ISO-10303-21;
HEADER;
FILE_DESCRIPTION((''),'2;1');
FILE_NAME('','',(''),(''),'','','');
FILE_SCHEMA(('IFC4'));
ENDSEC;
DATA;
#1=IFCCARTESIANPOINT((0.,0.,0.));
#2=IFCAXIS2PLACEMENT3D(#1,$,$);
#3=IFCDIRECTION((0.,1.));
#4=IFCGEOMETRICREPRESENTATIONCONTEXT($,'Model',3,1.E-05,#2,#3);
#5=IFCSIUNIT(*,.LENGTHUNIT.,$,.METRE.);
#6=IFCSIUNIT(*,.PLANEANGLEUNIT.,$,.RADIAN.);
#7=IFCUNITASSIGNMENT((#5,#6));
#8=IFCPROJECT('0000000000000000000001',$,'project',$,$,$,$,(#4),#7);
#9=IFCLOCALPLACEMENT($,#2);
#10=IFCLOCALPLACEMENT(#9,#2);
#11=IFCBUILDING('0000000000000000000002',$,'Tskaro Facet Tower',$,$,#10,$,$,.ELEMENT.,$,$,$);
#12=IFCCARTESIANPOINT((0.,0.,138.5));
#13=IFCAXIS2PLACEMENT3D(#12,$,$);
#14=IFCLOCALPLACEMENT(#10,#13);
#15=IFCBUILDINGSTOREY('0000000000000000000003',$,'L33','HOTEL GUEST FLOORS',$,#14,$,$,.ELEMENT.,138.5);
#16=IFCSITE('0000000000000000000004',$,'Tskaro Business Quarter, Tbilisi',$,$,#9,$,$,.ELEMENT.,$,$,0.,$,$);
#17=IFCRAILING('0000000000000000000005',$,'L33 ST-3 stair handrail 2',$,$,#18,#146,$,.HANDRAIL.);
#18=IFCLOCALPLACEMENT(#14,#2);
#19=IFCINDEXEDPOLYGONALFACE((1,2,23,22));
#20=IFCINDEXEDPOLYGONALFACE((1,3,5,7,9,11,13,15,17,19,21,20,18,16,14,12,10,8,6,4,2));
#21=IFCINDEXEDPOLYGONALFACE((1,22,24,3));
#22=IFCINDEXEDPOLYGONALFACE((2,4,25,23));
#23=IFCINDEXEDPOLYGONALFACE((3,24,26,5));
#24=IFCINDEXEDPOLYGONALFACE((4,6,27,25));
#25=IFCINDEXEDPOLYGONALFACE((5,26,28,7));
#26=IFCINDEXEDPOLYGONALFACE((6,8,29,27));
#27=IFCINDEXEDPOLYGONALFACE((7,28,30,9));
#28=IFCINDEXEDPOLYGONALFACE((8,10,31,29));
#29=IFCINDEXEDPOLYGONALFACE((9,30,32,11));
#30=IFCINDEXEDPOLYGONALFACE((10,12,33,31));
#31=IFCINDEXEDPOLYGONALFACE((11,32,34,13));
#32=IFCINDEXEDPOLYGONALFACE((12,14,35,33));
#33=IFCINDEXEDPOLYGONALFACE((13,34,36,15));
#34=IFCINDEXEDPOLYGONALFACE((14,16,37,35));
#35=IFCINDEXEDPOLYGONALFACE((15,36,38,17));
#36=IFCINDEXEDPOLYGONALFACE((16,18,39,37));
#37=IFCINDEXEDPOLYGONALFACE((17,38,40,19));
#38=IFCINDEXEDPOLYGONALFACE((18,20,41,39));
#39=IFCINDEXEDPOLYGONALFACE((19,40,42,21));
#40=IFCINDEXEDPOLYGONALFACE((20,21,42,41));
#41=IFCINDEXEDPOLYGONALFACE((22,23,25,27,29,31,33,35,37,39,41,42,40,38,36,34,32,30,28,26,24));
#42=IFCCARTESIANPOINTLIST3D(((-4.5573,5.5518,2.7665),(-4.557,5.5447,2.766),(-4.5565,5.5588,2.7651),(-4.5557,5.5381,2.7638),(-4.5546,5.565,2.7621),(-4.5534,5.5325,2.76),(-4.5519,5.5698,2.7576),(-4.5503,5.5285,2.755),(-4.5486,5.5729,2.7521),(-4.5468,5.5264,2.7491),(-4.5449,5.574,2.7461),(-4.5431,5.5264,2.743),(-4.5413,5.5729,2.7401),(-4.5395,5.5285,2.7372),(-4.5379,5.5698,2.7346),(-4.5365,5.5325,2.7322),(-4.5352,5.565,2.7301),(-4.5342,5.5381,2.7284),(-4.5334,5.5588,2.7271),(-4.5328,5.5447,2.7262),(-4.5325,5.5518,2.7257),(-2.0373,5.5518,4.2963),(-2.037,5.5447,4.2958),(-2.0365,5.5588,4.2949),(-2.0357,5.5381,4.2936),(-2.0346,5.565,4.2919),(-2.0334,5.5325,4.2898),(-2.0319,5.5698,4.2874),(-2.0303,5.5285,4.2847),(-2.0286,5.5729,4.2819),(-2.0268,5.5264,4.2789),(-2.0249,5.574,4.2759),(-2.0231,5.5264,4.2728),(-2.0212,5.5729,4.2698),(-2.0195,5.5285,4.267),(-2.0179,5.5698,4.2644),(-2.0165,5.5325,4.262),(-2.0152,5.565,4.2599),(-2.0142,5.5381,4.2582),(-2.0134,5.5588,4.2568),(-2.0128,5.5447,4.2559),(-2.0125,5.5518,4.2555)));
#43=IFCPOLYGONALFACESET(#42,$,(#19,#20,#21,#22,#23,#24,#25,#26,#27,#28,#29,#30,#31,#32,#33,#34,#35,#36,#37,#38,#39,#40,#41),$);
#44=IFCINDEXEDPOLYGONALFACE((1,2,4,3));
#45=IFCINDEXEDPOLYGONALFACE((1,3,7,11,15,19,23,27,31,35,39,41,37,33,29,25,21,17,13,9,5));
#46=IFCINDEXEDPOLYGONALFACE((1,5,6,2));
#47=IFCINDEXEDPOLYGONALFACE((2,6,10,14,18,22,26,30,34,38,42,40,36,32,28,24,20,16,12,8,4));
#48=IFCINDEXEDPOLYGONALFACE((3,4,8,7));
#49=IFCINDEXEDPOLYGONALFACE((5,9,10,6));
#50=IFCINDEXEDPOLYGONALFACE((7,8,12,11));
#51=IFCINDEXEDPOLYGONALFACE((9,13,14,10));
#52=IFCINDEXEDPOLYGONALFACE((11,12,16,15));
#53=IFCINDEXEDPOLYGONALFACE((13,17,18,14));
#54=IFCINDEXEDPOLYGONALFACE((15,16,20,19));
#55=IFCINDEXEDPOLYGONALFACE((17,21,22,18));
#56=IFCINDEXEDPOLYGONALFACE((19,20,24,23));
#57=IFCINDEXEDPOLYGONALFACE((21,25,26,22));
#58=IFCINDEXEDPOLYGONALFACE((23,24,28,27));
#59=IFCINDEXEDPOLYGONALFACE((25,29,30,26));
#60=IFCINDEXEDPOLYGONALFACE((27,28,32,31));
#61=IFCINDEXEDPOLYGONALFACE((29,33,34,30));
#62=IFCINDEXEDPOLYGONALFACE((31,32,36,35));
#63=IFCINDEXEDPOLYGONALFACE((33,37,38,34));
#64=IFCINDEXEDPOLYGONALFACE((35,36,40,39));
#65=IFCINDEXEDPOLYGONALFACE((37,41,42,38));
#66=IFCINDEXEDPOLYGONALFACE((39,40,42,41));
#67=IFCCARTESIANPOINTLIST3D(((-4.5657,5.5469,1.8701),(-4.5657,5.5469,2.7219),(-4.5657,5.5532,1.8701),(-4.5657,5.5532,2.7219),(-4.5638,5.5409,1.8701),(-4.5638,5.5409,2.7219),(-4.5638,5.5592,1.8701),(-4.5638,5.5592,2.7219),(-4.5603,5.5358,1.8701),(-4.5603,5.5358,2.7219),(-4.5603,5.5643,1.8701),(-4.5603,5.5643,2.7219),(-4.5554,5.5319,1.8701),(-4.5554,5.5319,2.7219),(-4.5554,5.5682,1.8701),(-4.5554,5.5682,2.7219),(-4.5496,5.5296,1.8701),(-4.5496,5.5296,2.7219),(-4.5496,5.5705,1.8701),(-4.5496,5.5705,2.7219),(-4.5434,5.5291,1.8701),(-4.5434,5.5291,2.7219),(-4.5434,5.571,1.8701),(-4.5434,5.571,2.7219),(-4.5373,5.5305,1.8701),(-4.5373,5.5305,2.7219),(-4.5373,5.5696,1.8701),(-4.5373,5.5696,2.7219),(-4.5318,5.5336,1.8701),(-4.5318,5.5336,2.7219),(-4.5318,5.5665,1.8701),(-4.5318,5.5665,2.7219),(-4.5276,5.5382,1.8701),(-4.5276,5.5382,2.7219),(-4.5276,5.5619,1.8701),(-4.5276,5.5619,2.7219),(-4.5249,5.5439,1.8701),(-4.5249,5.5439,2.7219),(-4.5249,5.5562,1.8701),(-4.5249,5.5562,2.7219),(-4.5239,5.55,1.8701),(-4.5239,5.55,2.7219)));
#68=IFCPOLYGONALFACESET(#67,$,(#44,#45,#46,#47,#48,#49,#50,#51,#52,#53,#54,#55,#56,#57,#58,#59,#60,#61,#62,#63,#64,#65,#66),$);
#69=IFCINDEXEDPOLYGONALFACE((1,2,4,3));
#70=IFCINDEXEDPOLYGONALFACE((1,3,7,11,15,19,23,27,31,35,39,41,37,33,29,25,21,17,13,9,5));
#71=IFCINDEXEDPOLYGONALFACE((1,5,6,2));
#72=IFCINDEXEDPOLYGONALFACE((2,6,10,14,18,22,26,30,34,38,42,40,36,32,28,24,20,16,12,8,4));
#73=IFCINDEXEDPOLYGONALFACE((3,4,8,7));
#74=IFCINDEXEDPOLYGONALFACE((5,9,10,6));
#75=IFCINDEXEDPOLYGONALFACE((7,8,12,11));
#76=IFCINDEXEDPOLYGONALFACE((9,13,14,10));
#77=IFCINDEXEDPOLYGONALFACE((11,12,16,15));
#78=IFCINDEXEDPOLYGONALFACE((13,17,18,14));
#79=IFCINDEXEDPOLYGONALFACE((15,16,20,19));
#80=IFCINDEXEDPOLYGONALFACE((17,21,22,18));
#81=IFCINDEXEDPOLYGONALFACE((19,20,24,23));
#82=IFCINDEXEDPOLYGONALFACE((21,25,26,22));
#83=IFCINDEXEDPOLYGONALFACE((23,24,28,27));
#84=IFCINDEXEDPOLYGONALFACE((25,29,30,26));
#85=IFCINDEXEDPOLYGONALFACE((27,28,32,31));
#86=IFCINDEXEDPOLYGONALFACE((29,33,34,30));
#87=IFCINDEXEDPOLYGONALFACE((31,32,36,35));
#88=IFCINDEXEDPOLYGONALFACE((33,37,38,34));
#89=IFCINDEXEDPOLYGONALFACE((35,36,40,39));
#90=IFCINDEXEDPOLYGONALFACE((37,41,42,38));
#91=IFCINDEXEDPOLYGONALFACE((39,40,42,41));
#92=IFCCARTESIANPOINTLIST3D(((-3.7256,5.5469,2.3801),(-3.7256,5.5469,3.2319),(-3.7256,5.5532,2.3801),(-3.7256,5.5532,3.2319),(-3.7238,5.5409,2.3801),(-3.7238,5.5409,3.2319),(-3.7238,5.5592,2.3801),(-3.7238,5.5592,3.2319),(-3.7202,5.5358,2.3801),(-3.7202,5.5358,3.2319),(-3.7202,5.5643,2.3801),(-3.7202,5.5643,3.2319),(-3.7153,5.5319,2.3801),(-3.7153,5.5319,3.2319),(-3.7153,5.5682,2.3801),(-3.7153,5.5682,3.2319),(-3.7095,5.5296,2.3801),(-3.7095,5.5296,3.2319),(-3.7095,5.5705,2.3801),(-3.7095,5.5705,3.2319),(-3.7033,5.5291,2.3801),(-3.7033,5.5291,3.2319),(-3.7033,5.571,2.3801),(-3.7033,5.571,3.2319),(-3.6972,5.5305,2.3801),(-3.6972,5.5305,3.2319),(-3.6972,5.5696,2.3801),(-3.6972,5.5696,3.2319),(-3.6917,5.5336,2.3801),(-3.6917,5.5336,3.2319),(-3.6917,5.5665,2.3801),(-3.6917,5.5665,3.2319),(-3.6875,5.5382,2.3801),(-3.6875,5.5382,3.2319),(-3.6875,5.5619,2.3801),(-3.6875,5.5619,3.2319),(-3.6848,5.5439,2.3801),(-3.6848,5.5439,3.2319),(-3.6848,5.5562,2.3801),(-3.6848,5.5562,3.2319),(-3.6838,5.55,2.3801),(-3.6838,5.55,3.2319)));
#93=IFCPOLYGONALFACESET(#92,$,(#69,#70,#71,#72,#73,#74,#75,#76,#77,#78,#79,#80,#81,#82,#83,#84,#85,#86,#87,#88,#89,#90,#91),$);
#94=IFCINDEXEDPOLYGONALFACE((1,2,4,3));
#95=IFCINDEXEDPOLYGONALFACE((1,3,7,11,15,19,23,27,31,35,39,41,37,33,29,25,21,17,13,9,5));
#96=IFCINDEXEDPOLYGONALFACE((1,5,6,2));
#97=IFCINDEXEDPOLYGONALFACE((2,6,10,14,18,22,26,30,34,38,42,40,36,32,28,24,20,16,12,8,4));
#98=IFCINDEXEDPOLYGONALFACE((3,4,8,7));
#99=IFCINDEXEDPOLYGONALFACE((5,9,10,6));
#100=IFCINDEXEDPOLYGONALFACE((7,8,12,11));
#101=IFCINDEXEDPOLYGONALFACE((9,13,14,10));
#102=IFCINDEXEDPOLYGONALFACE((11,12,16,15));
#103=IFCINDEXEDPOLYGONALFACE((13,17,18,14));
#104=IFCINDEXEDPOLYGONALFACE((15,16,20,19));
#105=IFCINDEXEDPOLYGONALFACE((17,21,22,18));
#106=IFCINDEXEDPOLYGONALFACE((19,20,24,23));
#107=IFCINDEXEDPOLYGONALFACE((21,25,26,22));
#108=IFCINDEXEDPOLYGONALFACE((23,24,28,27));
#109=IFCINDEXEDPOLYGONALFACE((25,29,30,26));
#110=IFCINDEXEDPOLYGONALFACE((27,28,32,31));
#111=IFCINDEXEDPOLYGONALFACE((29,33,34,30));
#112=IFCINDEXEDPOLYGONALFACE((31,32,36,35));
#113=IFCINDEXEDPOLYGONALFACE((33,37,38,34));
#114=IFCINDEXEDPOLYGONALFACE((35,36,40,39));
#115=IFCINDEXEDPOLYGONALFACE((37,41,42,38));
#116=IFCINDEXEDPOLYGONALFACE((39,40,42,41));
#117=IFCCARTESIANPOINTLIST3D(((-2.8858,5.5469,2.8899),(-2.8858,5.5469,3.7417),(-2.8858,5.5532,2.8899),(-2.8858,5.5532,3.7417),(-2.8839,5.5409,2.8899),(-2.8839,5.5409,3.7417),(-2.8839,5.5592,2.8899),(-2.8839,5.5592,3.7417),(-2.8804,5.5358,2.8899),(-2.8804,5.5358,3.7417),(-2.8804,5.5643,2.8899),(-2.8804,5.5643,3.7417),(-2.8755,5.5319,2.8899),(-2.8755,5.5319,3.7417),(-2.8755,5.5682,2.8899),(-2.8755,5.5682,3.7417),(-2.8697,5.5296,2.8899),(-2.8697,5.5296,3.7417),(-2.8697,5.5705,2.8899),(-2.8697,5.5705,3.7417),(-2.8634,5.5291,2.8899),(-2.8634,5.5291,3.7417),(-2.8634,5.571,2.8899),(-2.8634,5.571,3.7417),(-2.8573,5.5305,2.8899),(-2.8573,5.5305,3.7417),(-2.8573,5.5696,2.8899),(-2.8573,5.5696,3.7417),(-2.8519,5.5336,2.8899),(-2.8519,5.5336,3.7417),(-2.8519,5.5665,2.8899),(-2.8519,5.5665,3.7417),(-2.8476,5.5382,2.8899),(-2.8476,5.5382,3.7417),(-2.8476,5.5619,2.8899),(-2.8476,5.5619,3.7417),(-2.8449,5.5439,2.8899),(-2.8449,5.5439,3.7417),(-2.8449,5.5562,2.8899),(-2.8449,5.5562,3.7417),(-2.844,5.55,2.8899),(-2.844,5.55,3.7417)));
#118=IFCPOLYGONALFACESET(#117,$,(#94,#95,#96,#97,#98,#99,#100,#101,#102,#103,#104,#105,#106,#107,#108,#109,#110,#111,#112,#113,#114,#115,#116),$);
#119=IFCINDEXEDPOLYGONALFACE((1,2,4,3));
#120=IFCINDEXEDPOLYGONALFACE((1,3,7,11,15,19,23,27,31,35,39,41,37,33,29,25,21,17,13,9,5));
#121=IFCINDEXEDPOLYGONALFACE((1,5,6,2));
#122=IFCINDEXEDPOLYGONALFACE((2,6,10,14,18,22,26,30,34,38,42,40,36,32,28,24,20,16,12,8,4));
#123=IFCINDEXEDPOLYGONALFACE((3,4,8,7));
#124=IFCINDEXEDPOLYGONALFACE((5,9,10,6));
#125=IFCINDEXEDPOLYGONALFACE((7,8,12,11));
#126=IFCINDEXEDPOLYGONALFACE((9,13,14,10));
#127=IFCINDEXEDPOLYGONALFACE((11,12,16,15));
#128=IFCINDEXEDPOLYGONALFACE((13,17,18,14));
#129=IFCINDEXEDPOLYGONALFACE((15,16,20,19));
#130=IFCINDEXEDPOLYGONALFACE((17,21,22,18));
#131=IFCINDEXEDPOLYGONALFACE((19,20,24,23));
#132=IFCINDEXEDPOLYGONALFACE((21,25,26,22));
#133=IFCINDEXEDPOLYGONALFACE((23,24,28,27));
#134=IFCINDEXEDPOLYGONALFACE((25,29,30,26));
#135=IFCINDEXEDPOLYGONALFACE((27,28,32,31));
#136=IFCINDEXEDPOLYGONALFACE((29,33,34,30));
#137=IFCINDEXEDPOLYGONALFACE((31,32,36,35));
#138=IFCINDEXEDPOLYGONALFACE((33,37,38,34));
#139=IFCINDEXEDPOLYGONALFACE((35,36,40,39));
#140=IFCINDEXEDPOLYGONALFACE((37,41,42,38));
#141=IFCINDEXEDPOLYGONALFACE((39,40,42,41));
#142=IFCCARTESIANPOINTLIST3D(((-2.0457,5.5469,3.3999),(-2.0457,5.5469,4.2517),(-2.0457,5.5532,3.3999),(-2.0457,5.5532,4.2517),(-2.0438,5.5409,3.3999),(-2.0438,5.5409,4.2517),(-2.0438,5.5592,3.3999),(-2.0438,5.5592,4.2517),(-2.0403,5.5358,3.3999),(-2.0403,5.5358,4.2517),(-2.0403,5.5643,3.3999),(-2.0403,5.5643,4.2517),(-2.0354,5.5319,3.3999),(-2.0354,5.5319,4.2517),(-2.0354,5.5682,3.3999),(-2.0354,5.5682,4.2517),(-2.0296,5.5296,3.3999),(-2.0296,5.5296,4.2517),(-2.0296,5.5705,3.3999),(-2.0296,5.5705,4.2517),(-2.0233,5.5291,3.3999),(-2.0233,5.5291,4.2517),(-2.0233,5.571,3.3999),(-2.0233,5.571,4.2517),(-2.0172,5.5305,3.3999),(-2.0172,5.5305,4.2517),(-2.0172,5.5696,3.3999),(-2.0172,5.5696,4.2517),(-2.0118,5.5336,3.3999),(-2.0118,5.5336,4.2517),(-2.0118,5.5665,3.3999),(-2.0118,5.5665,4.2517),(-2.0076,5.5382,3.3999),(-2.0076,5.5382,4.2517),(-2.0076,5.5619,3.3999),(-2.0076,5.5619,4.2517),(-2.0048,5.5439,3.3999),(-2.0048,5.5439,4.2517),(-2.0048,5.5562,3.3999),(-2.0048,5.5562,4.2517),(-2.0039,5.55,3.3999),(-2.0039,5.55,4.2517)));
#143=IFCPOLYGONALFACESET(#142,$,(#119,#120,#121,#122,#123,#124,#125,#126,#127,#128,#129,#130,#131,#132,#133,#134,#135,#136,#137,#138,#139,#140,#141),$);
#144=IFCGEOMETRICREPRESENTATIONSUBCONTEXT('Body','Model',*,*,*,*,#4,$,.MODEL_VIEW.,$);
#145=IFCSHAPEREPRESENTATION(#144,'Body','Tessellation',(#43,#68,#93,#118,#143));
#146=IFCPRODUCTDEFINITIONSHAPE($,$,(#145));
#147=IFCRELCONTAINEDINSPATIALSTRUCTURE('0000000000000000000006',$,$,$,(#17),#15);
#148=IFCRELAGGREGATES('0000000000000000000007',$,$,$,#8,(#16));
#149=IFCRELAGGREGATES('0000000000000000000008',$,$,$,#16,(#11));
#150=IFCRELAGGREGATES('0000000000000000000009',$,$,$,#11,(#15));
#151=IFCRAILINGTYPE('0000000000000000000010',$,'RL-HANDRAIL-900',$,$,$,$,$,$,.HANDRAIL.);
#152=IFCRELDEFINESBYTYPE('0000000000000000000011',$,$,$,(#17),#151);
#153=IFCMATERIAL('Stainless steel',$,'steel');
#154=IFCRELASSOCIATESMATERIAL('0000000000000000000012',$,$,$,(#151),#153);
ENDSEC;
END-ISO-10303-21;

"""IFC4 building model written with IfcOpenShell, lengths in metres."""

from ifc_helpers import new_model, si_unit, direction, frame, origin, origin_2d, place, context, subcontext, project, spatial, circle, extrude, material, type_object, element, save


model = new_model("IFC4")

# Units and contexts
model_context = context("Model", 3, precision=1e-05, world=origin(), true_north=direction((0.0, 1.0)))
body_context = subcontext(model_context, "Body", "Model", "MODEL_VIEW")
ifc_project = project(units=[si_unit("LENGTHUNIT", "METRE"), si_unit("PLANEANGLEUNIT", "RADIAN")], contexts=[model_context])

# Site, building, storey
site_placement = place(None, origin())
site = spatial("IfcSite", under=ifc_project, at=site_placement, Name="Tskaro Business Quarter, Tbilisi", CompositionType="ELEMENT", RefElevation=0.0)
building_placement = place(site_placement, origin())
building = spatial("IfcBuilding", under=site, at=building_placement, Name="Tskaro Facet Tower", CompositionType="ELEMENT")
storey_placement = place(building_placement, frame((0.0, 0.0, 138.5)))
storey = spatial("IfcBuildingStorey", under=building, at=storey_placement, Name="L33", Description="HOTEL GUEST FLOORS", CompositionType="ELEMENT", Elevation=138.5)

# Railing
ifc_material_1 = material(Name="Stainless steel", Category="steel")
railing_type_1 = type_object("IfcRailingType", Name="RL-HANDRAIL-900", PredefinedType="HANDRAIL", material=ifc_material_1)
railing_1_placement = place(storey_placement, frame((-4.5449, 5.55, 1.8701)))
element("IfcRailing", 1, at=railing_1_placement, inside=storey, type_object=railing_type_1, Name="L33 ST-3 stair handrail 2", PredefinedType="HANDRAIL", context=body_context, shape_type="SweptSolid", body=[
    extrude(circle(Radius=0.0239, at=origin_2d()), frame((0.0, 0.0, 0.876), z_axis=(0.854822, 0.0, 0.518922), x_axis=(0.0, 1.0, 0.0)), (0.0, 0.0, 1.0), 2.948),
    extrude(circle(Radius=0.021, at=origin_2d()), origin(), (0.0, 0.0, 1.0), 0.8518),
    extrude(circle(Radius=0.021, at=origin_2d()), frame((0.8401, 0.0, 0.51)), (0.0, 0.0, 1.0), 0.8518),
    extrude(circle(Radius=0.021, at=origin_2d()), frame((1.6799, 0.0, 1.0198)), (0.0, 0.0, 1.0), 0.8518),
    extrude(circle(Radius=0.021, at=origin_2d()), frame((2.52, 0.0, 1.5298)), (0.0, 0.0, 1.0), 0.8518),
])

save(model, "model.ifc")
